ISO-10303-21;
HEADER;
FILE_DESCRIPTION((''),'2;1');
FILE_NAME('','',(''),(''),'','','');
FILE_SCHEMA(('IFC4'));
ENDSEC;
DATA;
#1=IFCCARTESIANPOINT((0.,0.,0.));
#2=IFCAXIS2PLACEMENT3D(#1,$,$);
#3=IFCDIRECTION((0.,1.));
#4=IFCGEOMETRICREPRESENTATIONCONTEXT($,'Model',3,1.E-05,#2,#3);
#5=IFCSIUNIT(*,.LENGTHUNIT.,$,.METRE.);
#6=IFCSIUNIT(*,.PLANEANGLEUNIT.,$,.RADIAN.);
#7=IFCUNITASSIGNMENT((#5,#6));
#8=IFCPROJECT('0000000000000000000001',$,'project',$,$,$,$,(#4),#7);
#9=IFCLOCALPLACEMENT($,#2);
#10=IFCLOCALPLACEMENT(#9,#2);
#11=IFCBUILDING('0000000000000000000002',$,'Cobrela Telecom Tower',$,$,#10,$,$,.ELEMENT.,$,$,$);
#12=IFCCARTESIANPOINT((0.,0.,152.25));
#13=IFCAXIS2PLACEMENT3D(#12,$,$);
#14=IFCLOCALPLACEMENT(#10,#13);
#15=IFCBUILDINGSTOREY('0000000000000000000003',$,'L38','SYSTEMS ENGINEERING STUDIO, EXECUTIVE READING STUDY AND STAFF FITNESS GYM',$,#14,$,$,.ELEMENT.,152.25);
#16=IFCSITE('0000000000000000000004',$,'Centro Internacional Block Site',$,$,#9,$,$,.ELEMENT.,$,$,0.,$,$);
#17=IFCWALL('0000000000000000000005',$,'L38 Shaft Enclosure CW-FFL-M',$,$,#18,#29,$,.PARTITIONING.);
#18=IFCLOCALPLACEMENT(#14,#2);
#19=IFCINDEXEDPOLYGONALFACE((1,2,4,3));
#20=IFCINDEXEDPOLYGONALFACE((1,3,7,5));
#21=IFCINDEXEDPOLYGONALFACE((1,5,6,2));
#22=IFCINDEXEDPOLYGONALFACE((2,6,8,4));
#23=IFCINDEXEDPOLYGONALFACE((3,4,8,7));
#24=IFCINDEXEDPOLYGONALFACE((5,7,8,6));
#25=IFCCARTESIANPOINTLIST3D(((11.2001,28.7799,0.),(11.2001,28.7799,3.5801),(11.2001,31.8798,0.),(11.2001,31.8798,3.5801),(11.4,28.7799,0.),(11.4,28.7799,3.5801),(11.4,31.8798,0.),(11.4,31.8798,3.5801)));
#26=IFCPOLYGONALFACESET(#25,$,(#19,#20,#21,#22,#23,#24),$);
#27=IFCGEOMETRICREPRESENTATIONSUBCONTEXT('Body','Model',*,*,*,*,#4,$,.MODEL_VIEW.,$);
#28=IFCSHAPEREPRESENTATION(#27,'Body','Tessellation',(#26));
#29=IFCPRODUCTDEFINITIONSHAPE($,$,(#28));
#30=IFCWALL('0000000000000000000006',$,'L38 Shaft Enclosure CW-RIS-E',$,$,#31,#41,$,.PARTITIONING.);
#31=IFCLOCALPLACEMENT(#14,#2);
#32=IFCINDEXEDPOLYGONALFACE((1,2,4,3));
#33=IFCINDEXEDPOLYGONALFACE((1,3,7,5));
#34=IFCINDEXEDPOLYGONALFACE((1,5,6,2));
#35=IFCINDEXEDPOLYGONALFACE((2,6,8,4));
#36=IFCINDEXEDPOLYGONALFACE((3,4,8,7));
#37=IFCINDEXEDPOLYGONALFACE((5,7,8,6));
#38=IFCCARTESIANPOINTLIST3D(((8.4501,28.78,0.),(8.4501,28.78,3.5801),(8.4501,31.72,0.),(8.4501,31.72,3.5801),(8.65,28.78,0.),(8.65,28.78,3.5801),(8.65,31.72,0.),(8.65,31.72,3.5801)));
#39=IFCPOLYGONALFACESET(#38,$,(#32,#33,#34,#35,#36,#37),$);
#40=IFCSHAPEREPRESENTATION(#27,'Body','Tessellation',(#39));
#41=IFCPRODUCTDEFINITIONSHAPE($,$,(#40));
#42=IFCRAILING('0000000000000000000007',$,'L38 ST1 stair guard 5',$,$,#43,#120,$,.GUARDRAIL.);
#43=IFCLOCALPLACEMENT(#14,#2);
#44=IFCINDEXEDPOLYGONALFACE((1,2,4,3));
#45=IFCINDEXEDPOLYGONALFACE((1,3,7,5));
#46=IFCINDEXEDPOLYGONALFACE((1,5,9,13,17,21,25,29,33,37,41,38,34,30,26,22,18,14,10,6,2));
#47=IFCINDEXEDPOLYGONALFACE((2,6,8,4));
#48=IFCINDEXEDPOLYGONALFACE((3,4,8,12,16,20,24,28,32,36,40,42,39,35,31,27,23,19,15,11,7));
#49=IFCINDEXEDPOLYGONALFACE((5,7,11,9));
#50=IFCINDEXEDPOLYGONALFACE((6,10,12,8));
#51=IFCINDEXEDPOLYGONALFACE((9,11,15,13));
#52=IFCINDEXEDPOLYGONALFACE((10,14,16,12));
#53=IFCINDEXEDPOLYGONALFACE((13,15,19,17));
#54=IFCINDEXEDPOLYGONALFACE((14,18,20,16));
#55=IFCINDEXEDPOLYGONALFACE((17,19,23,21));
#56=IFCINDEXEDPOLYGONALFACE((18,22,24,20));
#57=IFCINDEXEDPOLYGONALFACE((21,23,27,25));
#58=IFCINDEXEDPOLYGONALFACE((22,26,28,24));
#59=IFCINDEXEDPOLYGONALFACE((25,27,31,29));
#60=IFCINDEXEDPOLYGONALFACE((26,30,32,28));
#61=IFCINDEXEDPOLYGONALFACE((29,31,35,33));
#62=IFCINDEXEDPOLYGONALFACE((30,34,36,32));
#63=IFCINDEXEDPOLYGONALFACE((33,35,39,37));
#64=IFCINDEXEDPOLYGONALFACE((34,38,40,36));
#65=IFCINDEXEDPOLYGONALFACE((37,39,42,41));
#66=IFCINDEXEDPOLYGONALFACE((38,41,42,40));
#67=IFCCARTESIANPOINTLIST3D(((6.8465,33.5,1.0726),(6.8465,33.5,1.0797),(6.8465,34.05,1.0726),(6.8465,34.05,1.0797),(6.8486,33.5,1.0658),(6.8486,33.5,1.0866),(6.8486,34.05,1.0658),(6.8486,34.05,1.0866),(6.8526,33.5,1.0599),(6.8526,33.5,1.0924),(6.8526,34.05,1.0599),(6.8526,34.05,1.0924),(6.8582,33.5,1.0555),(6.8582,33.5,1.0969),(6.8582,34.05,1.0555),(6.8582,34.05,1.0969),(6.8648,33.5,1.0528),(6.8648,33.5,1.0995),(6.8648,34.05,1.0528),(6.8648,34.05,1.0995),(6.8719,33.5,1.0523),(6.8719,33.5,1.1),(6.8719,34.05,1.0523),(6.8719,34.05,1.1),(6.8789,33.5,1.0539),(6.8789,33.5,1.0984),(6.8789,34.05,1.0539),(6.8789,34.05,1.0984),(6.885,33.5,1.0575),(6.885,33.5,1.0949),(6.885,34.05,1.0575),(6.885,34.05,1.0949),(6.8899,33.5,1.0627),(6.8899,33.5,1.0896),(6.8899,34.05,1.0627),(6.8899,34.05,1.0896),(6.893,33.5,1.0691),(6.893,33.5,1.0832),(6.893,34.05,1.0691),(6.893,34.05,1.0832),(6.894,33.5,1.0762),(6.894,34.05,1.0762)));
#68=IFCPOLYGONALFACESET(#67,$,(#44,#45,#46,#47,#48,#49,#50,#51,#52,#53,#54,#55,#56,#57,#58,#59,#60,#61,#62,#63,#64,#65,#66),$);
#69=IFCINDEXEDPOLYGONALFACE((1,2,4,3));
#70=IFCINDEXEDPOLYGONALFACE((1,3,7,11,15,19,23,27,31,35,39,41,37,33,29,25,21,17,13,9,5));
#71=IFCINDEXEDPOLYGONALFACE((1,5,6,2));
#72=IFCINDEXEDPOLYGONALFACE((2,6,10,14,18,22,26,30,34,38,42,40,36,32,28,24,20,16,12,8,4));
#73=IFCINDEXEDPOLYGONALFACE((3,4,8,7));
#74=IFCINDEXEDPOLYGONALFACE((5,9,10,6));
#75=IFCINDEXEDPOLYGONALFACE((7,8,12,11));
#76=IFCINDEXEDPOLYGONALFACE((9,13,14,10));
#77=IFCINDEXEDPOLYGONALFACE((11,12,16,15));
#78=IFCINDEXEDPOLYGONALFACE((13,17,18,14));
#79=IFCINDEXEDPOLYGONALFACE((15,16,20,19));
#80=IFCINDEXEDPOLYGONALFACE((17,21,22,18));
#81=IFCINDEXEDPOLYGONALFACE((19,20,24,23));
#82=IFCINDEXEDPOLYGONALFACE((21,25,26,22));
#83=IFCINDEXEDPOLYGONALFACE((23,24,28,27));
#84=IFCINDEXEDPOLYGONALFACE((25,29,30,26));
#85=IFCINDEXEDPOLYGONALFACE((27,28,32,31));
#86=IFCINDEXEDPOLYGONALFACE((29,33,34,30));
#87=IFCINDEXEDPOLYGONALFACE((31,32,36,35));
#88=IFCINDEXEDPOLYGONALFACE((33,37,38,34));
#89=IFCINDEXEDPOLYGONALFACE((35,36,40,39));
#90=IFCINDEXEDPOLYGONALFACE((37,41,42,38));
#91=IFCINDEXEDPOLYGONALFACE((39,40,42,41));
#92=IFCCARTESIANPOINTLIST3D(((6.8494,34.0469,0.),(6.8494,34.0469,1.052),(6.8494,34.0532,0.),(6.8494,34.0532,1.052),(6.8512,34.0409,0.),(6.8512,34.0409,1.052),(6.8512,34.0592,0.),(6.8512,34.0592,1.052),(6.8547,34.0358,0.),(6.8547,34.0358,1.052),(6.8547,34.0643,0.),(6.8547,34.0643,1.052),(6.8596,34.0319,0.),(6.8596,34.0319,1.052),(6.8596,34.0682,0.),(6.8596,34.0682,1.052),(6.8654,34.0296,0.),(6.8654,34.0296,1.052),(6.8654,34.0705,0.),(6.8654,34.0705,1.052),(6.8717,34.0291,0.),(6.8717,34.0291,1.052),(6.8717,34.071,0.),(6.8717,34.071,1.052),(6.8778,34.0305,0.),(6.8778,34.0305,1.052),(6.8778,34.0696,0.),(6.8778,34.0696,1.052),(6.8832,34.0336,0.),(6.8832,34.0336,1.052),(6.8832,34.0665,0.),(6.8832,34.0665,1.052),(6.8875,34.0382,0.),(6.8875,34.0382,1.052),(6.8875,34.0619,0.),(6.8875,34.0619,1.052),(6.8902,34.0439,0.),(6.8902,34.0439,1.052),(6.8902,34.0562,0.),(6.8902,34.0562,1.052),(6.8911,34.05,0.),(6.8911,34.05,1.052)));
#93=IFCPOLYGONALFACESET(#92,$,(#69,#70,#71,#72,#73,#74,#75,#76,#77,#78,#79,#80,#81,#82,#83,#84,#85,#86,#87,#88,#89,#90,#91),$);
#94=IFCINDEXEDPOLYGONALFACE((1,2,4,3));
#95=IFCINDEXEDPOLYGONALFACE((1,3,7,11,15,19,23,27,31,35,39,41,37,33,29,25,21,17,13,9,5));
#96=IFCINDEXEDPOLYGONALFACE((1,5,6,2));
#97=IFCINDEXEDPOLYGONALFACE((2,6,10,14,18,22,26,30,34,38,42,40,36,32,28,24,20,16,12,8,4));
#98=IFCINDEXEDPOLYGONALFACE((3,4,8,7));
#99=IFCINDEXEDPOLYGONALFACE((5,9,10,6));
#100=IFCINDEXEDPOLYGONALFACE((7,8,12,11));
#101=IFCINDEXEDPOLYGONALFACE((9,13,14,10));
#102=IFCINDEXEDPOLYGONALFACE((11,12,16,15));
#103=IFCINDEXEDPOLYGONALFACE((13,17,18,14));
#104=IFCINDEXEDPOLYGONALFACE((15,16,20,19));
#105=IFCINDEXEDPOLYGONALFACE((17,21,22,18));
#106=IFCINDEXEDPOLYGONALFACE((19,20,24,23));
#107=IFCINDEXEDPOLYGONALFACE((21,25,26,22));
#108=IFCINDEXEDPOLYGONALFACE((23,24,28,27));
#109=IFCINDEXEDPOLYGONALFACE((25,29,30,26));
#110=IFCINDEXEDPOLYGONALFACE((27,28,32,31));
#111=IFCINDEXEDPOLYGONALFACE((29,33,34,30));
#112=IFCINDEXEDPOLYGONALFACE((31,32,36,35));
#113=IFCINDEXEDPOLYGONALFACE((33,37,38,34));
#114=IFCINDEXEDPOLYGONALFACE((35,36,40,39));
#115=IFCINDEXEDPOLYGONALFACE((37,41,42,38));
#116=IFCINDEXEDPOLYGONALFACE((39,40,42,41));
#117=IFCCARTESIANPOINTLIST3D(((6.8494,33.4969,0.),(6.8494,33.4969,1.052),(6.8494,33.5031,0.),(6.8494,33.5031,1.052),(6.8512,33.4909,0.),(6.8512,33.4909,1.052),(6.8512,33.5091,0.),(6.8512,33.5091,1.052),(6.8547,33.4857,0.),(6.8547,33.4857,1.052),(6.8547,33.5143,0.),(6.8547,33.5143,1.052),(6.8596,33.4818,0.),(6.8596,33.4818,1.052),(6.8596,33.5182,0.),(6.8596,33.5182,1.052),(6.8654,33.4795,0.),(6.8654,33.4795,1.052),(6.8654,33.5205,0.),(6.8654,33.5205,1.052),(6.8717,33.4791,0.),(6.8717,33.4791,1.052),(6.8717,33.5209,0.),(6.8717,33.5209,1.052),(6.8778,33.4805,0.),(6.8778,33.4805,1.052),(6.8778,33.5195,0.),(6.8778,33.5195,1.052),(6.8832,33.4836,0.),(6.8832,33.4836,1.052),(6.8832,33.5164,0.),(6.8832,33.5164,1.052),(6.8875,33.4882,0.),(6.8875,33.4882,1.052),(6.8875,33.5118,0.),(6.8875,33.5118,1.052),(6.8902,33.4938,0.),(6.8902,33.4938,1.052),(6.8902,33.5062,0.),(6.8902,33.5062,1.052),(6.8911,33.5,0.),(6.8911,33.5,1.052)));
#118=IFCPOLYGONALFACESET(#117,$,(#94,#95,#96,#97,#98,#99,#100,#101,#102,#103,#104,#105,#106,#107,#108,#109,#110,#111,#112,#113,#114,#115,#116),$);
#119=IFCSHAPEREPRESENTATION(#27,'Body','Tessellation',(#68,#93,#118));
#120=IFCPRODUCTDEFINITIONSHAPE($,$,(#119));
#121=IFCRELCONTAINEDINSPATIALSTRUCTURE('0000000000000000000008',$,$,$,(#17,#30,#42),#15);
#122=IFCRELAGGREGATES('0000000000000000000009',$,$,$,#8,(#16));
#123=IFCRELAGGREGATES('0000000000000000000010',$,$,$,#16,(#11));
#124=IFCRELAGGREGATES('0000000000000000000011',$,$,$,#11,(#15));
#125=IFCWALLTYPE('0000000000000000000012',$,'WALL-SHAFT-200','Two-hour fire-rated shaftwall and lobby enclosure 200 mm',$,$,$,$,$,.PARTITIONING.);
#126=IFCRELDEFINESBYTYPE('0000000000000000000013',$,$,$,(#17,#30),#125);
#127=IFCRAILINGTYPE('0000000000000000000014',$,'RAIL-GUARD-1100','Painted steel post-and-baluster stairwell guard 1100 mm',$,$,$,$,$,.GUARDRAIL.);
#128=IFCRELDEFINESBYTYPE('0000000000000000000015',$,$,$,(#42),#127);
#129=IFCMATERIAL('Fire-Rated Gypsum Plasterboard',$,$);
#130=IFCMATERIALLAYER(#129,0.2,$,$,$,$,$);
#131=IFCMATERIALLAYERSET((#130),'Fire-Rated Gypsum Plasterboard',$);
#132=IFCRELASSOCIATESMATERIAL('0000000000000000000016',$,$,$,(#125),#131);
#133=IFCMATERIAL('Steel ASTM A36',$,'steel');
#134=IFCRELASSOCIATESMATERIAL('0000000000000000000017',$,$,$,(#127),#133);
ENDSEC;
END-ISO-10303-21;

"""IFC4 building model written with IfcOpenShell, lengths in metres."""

from ifc_helpers import new_model, si_unit, direction, frame, frame_2d, origin, origin_2d, place, context, subcontext, project, spatial, rectangle, circle, extrude, material, layer, layer_set, type_object, element, save


model = new_model("IFC4")

# Units and contexts
model_context = context("Model", 3, precision=1e-05, world=origin(), true_north=direction((0.0, 1.0)))
body_context = subcontext(model_context, "Body", "Model", "MODEL_VIEW")
ifc_project = project(units=[si_unit("LENGTHUNIT", "METRE"), si_unit("PLANEANGLEUNIT", "RADIAN")], contexts=[model_context])

# Site, building, storey
site_placement = place(None, origin())
site = spatial("IfcSite", under=ifc_project, at=site_placement, Name="Centro Internacional Block Site", CompositionType="ELEMENT", RefElevation=0.0)
building_placement = place(site_placement, origin())
building = spatial("IfcBuilding", under=site, at=building_placement, Name="Cobrela Telecom Tower", CompositionType="ELEMENT")
storey_placement = place(building_placement, frame((0.0, 0.0, 152.25)))
storey = spatial("IfcBuildingStorey", under=building, at=storey_placement, Name="L38", Description="SYSTEMS ENGINEERING STUDIO, EXECUTIVE READING STUDY AND STAFF FITNESS GYM", CompositionType="ELEMENT", Elevation=152.25)

# Shared definitions
ifc_material_1 = material(Name="Steel ASTM A36", Category="steel")

# Shared definitions
ifc_material_2 = material(Name="Fire-Rated Gypsum Plasterboard")

# Shared definitions
ifc_layer_1 = layer(ifc_material_2, 0.2)
ifc_layer_set_1 = layer_set([ifc_layer_1], Name="Fire-Rated Gypsum Plasterboard")
wall_type_1 = type_object("IfcWallType", Name="WALL-SHAFT-200", Description="Two-hour fire-rated shaftwall and lobby enclosure 200 mm", PredefinedType="PARTITIONING", material=ifc_layer_set_1)

# Walls
for number, where, z_axis, x_axis, name in (
    (1, (11.3, 28.78, 0.0), (0.0, 0.0, 1.0), (0.0, 1.0, 0.0), "L38 Shaft Enclosure CW-FFL-M"),
):
    element("IfcWall", number, at=place(storey_placement, frame(where, z_axis=z_axis, x_axis=x_axis)), inside=storey, type_object=wall_type_1, Name=name, PredefinedType="PARTITIONING", context=body_context, shape_type="SweptSolid", body=[
        extrude(rectangle(XDim=3.0999, YDim=0.2, at=frame_2d((1.5498, 0.0))), origin(), (0.0, 0.0, 1.0), 3.5801),
    ])
wall_1_placement = place(storey_placement, frame((8.55, 28.78, 0.0), z_axis=(0.0, 0.0, 1.0), x_axis=(0.0, 1.0, 0.0)))
element("IfcWall", 2, at=wall_1_placement, inside=storey, type_object=wall_type_1, Name="L38 Shaft Enclosure CW-RIS-E", PredefinedType="PARTITIONING", context=body_context, shape_type="SweptSolid", body=[
    extrude(rectangle(XDim=2.9399, YDim=0.2, at=frame_2d((1.47, 0.0))), origin(), (0.0, 0.0, 1.0), 3.5801),
])

# Railing
railing_type_1 = type_object("IfcRailingType", Name="RAIL-GUARD-1100", Description="Painted steel post-and-baluster stairwell guard 1100 mm", PredefinedType="GUARDRAIL", material=ifc_material_1)
railing_1_placement = place(storey_placement, frame((6.8701, 34.05, 0.0)))
element("IfcRailing", 3, at=railing_1_placement, inside=storey, type_object=railing_type_1, Name="L38 ST1 stair guard 5", PredefinedType="GUARDRAIL", context=body_context, shape_type="SweptSolid", body=[
    extrude(circle(Radius=0.0239, at=origin_2d()), frame((0.0, 0.0, 1.0762), z_axis=(0.0, -1.0, 0.0), x_axis=(1.0, 0.0, 0.0)), (0.0, 0.0, 1.0), 0.55),
    extrude(circle(Radius=0.021, at=origin_2d()), origin(), (0.0, 0.0, 1.0), 1.052),
    extrude(circle(Radius=0.021, at=origin_2d()), frame((0.0, -0.55, 0.0)), (0.0, 0.0, 1.0), 1.052),
])

save(model, "model.ifc")
